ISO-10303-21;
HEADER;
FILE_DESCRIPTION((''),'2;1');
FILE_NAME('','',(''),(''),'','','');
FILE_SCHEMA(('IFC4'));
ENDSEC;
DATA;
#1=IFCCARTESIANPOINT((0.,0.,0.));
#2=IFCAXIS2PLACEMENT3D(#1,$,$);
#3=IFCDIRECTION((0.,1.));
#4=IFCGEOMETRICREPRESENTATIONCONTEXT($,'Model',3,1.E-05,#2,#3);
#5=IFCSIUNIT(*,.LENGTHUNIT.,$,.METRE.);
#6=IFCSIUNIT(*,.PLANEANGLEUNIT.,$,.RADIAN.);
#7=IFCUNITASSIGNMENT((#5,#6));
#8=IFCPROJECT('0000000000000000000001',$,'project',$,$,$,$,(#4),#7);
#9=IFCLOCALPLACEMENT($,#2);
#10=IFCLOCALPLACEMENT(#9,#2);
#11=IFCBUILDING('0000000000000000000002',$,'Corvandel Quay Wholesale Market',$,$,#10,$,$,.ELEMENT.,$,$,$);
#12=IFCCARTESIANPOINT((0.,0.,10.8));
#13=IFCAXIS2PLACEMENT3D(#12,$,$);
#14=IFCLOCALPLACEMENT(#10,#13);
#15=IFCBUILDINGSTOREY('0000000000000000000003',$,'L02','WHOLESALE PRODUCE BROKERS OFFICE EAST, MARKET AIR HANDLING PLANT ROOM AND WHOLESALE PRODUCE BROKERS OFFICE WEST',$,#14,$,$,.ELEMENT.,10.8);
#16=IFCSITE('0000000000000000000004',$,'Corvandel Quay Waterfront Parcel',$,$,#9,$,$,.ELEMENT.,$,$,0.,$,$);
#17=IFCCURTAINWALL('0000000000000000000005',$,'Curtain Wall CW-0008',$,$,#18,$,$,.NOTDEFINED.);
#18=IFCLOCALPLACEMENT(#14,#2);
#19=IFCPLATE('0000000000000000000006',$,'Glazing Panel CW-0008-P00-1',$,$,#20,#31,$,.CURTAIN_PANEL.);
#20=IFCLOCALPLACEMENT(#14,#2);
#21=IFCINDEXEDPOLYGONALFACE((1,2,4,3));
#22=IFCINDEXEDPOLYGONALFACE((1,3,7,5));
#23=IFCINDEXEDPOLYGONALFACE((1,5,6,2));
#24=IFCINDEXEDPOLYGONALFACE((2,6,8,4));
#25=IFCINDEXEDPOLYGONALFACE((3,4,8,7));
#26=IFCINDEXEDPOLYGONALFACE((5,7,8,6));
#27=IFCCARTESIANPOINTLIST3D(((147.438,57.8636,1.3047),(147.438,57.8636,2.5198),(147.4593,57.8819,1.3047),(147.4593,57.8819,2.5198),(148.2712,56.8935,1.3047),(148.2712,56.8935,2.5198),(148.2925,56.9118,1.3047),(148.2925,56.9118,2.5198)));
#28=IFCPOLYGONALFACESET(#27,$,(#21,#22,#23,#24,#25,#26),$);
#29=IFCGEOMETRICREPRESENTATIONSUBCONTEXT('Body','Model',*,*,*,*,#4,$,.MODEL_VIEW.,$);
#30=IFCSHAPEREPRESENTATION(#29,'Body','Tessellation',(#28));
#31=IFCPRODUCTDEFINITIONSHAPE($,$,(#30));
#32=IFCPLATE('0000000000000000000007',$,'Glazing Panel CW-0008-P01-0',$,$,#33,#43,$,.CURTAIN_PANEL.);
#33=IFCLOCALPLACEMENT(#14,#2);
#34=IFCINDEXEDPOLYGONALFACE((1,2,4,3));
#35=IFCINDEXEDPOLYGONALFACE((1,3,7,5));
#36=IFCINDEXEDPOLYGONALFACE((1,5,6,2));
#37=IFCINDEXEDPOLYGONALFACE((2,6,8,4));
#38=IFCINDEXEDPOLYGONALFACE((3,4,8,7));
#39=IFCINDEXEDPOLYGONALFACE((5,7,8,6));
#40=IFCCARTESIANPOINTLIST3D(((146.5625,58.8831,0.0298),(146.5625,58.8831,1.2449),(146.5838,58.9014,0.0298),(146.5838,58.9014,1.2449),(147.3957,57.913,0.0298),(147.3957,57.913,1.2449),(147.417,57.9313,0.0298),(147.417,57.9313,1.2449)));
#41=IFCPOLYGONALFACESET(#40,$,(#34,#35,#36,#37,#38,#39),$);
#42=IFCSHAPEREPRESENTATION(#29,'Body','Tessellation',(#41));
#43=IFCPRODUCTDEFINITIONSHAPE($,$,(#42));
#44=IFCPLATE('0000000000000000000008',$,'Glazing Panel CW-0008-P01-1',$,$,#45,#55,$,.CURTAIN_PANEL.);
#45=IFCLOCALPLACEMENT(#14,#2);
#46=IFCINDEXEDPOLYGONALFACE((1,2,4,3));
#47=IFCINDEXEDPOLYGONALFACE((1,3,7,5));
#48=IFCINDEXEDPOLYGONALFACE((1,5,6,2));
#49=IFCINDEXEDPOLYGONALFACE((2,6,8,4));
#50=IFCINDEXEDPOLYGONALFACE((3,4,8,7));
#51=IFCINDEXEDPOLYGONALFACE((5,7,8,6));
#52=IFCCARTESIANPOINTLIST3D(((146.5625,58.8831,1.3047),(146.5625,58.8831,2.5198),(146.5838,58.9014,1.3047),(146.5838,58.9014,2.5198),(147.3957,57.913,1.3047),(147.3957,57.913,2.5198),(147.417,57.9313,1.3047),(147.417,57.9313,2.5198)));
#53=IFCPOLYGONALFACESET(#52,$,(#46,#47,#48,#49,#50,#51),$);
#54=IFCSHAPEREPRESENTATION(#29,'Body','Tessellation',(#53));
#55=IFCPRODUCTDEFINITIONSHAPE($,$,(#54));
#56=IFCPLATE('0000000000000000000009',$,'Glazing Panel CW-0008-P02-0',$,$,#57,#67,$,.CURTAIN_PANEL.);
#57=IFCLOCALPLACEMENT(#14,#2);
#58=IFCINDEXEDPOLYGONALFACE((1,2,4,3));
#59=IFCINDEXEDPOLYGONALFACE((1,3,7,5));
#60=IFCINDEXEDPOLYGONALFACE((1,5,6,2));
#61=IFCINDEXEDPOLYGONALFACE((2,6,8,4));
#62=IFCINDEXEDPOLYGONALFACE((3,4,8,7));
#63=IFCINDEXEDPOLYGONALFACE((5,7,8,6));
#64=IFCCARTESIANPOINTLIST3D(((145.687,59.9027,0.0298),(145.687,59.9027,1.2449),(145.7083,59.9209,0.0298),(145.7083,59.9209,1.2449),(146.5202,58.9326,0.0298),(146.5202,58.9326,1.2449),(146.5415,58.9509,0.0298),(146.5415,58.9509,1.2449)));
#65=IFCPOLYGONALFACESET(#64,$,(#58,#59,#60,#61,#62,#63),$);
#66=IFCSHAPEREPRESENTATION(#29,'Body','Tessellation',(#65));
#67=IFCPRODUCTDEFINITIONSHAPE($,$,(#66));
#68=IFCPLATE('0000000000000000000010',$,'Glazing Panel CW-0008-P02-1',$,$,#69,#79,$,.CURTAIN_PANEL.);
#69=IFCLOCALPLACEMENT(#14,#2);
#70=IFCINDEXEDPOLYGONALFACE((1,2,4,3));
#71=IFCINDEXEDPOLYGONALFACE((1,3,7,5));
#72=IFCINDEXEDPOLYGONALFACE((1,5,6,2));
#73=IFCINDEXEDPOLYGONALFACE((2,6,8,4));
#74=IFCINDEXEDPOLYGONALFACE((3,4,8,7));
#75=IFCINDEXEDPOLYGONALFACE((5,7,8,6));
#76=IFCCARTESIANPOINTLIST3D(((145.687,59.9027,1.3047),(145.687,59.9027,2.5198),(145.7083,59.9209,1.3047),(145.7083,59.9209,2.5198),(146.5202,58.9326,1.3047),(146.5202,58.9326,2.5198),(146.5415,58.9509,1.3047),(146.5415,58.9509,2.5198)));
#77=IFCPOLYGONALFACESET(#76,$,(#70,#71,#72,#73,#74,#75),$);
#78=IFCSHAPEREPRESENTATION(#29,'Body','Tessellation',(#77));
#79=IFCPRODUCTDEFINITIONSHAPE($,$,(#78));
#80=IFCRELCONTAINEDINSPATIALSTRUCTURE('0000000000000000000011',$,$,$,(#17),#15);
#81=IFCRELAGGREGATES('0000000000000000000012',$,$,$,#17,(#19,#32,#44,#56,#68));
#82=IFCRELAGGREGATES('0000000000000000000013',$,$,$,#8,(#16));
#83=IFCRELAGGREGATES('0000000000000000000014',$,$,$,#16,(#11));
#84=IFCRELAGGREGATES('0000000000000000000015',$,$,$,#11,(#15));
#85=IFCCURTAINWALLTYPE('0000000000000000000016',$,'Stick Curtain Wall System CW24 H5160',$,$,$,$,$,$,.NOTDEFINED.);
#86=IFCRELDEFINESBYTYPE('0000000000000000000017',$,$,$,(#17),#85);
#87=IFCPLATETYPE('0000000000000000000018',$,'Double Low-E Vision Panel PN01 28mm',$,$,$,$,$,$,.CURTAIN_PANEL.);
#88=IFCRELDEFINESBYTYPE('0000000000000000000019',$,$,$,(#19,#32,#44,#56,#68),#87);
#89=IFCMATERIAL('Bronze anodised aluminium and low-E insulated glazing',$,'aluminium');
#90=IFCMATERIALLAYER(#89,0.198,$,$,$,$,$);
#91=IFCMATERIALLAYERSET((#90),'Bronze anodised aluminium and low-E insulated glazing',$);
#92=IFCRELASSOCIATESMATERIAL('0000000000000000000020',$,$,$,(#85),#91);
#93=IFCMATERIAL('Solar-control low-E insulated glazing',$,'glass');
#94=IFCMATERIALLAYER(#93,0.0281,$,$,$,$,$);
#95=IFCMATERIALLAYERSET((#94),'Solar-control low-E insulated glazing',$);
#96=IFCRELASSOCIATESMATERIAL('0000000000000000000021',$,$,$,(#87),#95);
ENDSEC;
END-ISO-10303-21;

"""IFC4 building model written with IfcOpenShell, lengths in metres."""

from ifc_helpers import new_model, si_unit, direction, frame, origin, origin_2d, place, context, subcontext, project, spatial, rectangle, extrude, material, layer, layer_set, type_object, element, aggregate, save


model = new_model("IFC4")

# Units and contexts
model_context = context("Model", 3, precision=1e-05, world=origin(), true_north=direction((0.0, 1.0)))
body_context = subcontext(model_context, "Body", "Model", "MODEL_VIEW")
ifc_project = project(units=[si_unit("LENGTHUNIT", "METRE"), si_unit("PLANEANGLEUNIT", "RADIAN")], contexts=[model_context])

# Site, building, storey
site_placement = place(None, origin())
site = spatial("IfcSite", under=ifc_project, at=site_placement, Name="Corvandel Quay Waterfront Parcel", CompositionType="ELEMENT", RefElevation=0.0)
building_placement = place(site_placement, origin())
building = spatial("IfcBuilding", under=site, at=building_placement, Name="Corvandel Quay Wholesale Market", CompositionType="ELEMENT")
storey_placement = place(building_placement, frame((0.0, 0.0, 10.8)))
storey = spatial("IfcBuildingStorey", under=building, at=storey_placement, Name="L02", Description="WHOLESALE PRODUCE BROKERS OFFICE EAST, MARKET AIR HANDLING PLANT ROOM AND WHOLESALE PRODUCE BROKERS OFFICE WEST", CompositionType="ELEMENT", Elevation=10.8)

# Shared definitions
ifc_material_1 = material(Name="Bronze anodised aluminium and low-E insulated glazing", Category="aluminium")

# Curtain wall
ifc_layer_1 = layer(ifc_material_1, 0.198)
ifc_layer_set_1 = layer_set([ifc_layer_1], Name="Bronze anodised aluminium and low-E insulated glazing")
curtain_wall_type_1 = type_object("IfcCurtainWallType", Name="Stick Curtain Wall System CW24 H5160", PredefinedType="NOTDEFINED", material=ifc_layer_set_1)
curtain_wall_1_placement = place(storey_placement, origin())
curtain_wall_1 = element("IfcCurtainWall", 1, at=curtain_wall_1_placement, inside=storey, type_object=curtain_wall_type_1, Name="Curtain Wall CW-0008", PredefinedType="NOTDEFINED")

# Plates
ifc_material_2 = material(Name="Solar-control low-E insulated glazing", Category="glass")
ifc_layer_2 = layer(ifc_material_2, 0.0281)
ifc_layer_set_2 = layer_set([ifc_layer_2], Name="Solar-control low-E insulated glazing")
plate_type = type_object("IfcPlateType", Name="Double Low-E Vision Panel PN01 28mm", PredefinedType="CURTAIN_PANEL", material=ifc_layer_set_2)
plate_1_placement = place(storey_placement, frame((147.8652, 57.3877, 1.3047), z_axis=(0.0, 0.0, 1.0), x_axis=(-0.651569, 0.758589, 0.0)))
plate_1 = element("IfcPlate", 2, at=plate_1_placement, type_object=plate_type, Name="Glazing Panel CW-0008-P00-1", PredefinedType="CURTAIN_PANEL", context=body_context, shape_type="SweptSolid", body=[
    extrude(rectangle(XDim=1.2788, YDim=0.0281, at=origin_2d()), origin(), (0.0, 0.0, 1.0), 1.2151),
])
plate_2_placement = place(storey_placement, frame((146.9897, 58.4072, 0.0298), z_axis=(0.0, 0.0, 1.0), x_axis=(-0.651569, 0.758589, 0.0)))
plate_2 = element("IfcPlate", 3, at=plate_2_placement, type_object=plate_type, Name="Glazing Panel CW-0008-P01-0", PredefinedType="CURTAIN_PANEL", context=body_context, shape_type="SweptSolid", body=[
    extrude(rectangle(XDim=1.2788, YDim=0.0281, at=origin_2d()), origin(), (0.0, 0.0, 1.0), 1.2151),
])
plate_3_placement = place(storey_placement, frame((146.9897, 58.4072, 1.3047), z_axis=(0.0, 0.0, 1.0), x_axis=(-0.651569, 0.758589, 0.0)))
plate_3 = element("IfcPlate", 4, at=plate_3_placement, type_object=plate_type, Name="Glazing Panel CW-0008-P01-1", PredefinedType="CURTAIN_PANEL", context=body_context, shape_type="SweptSolid", body=[
    extrude(rectangle(XDim=1.2788, YDim=0.0281, at=origin_2d()), origin(), (0.0, 0.0, 1.0), 1.2151),
])
plate_4_placement = place(storey_placement, frame((146.1143, 59.4268, 0.0298), z_axis=(0.0, 0.0, 1.0), x_axis=(-0.651569, 0.758589, 0.0)))
plate_4 = element("IfcPlate", 5, at=plate_4_placement, type_object=plate_type, Name="Glazing Panel CW-0008-P02-0", PredefinedType="CURTAIN_PANEL", context=body_context, shape_type="SweptSolid", body=[
    extrude(rectangle(XDim=1.2788, YDim=0.0281, at=origin_2d()), origin(), (0.0, 0.0, 1.0), 1.2151),
])
plate_5_placement = place(storey_placement, frame((146.1143, 59.4268, 1.3047), z_axis=(0.0, 0.0, 1.0), x_axis=(-0.651569, 0.758589, 0.0)))
plate_5 = element("IfcPlate", 6, at=plate_5_placement, type_object=plate_type, Name="Glazing Panel CW-0008-P02-1", PredefinedType="CURTAIN_PANEL", context=body_context, shape_type="SweptSolid", body=[
    extrude(rectangle(XDim=1.2788, YDim=0.0281, at=origin_2d()), origin(), (0.0, 0.0, 1.0), 1.2151),
])
aggregate(curtain_wall_1, [plate_1, plate_2, plate_3, plate_4, plate_5])

save(model, "model.ifc")
